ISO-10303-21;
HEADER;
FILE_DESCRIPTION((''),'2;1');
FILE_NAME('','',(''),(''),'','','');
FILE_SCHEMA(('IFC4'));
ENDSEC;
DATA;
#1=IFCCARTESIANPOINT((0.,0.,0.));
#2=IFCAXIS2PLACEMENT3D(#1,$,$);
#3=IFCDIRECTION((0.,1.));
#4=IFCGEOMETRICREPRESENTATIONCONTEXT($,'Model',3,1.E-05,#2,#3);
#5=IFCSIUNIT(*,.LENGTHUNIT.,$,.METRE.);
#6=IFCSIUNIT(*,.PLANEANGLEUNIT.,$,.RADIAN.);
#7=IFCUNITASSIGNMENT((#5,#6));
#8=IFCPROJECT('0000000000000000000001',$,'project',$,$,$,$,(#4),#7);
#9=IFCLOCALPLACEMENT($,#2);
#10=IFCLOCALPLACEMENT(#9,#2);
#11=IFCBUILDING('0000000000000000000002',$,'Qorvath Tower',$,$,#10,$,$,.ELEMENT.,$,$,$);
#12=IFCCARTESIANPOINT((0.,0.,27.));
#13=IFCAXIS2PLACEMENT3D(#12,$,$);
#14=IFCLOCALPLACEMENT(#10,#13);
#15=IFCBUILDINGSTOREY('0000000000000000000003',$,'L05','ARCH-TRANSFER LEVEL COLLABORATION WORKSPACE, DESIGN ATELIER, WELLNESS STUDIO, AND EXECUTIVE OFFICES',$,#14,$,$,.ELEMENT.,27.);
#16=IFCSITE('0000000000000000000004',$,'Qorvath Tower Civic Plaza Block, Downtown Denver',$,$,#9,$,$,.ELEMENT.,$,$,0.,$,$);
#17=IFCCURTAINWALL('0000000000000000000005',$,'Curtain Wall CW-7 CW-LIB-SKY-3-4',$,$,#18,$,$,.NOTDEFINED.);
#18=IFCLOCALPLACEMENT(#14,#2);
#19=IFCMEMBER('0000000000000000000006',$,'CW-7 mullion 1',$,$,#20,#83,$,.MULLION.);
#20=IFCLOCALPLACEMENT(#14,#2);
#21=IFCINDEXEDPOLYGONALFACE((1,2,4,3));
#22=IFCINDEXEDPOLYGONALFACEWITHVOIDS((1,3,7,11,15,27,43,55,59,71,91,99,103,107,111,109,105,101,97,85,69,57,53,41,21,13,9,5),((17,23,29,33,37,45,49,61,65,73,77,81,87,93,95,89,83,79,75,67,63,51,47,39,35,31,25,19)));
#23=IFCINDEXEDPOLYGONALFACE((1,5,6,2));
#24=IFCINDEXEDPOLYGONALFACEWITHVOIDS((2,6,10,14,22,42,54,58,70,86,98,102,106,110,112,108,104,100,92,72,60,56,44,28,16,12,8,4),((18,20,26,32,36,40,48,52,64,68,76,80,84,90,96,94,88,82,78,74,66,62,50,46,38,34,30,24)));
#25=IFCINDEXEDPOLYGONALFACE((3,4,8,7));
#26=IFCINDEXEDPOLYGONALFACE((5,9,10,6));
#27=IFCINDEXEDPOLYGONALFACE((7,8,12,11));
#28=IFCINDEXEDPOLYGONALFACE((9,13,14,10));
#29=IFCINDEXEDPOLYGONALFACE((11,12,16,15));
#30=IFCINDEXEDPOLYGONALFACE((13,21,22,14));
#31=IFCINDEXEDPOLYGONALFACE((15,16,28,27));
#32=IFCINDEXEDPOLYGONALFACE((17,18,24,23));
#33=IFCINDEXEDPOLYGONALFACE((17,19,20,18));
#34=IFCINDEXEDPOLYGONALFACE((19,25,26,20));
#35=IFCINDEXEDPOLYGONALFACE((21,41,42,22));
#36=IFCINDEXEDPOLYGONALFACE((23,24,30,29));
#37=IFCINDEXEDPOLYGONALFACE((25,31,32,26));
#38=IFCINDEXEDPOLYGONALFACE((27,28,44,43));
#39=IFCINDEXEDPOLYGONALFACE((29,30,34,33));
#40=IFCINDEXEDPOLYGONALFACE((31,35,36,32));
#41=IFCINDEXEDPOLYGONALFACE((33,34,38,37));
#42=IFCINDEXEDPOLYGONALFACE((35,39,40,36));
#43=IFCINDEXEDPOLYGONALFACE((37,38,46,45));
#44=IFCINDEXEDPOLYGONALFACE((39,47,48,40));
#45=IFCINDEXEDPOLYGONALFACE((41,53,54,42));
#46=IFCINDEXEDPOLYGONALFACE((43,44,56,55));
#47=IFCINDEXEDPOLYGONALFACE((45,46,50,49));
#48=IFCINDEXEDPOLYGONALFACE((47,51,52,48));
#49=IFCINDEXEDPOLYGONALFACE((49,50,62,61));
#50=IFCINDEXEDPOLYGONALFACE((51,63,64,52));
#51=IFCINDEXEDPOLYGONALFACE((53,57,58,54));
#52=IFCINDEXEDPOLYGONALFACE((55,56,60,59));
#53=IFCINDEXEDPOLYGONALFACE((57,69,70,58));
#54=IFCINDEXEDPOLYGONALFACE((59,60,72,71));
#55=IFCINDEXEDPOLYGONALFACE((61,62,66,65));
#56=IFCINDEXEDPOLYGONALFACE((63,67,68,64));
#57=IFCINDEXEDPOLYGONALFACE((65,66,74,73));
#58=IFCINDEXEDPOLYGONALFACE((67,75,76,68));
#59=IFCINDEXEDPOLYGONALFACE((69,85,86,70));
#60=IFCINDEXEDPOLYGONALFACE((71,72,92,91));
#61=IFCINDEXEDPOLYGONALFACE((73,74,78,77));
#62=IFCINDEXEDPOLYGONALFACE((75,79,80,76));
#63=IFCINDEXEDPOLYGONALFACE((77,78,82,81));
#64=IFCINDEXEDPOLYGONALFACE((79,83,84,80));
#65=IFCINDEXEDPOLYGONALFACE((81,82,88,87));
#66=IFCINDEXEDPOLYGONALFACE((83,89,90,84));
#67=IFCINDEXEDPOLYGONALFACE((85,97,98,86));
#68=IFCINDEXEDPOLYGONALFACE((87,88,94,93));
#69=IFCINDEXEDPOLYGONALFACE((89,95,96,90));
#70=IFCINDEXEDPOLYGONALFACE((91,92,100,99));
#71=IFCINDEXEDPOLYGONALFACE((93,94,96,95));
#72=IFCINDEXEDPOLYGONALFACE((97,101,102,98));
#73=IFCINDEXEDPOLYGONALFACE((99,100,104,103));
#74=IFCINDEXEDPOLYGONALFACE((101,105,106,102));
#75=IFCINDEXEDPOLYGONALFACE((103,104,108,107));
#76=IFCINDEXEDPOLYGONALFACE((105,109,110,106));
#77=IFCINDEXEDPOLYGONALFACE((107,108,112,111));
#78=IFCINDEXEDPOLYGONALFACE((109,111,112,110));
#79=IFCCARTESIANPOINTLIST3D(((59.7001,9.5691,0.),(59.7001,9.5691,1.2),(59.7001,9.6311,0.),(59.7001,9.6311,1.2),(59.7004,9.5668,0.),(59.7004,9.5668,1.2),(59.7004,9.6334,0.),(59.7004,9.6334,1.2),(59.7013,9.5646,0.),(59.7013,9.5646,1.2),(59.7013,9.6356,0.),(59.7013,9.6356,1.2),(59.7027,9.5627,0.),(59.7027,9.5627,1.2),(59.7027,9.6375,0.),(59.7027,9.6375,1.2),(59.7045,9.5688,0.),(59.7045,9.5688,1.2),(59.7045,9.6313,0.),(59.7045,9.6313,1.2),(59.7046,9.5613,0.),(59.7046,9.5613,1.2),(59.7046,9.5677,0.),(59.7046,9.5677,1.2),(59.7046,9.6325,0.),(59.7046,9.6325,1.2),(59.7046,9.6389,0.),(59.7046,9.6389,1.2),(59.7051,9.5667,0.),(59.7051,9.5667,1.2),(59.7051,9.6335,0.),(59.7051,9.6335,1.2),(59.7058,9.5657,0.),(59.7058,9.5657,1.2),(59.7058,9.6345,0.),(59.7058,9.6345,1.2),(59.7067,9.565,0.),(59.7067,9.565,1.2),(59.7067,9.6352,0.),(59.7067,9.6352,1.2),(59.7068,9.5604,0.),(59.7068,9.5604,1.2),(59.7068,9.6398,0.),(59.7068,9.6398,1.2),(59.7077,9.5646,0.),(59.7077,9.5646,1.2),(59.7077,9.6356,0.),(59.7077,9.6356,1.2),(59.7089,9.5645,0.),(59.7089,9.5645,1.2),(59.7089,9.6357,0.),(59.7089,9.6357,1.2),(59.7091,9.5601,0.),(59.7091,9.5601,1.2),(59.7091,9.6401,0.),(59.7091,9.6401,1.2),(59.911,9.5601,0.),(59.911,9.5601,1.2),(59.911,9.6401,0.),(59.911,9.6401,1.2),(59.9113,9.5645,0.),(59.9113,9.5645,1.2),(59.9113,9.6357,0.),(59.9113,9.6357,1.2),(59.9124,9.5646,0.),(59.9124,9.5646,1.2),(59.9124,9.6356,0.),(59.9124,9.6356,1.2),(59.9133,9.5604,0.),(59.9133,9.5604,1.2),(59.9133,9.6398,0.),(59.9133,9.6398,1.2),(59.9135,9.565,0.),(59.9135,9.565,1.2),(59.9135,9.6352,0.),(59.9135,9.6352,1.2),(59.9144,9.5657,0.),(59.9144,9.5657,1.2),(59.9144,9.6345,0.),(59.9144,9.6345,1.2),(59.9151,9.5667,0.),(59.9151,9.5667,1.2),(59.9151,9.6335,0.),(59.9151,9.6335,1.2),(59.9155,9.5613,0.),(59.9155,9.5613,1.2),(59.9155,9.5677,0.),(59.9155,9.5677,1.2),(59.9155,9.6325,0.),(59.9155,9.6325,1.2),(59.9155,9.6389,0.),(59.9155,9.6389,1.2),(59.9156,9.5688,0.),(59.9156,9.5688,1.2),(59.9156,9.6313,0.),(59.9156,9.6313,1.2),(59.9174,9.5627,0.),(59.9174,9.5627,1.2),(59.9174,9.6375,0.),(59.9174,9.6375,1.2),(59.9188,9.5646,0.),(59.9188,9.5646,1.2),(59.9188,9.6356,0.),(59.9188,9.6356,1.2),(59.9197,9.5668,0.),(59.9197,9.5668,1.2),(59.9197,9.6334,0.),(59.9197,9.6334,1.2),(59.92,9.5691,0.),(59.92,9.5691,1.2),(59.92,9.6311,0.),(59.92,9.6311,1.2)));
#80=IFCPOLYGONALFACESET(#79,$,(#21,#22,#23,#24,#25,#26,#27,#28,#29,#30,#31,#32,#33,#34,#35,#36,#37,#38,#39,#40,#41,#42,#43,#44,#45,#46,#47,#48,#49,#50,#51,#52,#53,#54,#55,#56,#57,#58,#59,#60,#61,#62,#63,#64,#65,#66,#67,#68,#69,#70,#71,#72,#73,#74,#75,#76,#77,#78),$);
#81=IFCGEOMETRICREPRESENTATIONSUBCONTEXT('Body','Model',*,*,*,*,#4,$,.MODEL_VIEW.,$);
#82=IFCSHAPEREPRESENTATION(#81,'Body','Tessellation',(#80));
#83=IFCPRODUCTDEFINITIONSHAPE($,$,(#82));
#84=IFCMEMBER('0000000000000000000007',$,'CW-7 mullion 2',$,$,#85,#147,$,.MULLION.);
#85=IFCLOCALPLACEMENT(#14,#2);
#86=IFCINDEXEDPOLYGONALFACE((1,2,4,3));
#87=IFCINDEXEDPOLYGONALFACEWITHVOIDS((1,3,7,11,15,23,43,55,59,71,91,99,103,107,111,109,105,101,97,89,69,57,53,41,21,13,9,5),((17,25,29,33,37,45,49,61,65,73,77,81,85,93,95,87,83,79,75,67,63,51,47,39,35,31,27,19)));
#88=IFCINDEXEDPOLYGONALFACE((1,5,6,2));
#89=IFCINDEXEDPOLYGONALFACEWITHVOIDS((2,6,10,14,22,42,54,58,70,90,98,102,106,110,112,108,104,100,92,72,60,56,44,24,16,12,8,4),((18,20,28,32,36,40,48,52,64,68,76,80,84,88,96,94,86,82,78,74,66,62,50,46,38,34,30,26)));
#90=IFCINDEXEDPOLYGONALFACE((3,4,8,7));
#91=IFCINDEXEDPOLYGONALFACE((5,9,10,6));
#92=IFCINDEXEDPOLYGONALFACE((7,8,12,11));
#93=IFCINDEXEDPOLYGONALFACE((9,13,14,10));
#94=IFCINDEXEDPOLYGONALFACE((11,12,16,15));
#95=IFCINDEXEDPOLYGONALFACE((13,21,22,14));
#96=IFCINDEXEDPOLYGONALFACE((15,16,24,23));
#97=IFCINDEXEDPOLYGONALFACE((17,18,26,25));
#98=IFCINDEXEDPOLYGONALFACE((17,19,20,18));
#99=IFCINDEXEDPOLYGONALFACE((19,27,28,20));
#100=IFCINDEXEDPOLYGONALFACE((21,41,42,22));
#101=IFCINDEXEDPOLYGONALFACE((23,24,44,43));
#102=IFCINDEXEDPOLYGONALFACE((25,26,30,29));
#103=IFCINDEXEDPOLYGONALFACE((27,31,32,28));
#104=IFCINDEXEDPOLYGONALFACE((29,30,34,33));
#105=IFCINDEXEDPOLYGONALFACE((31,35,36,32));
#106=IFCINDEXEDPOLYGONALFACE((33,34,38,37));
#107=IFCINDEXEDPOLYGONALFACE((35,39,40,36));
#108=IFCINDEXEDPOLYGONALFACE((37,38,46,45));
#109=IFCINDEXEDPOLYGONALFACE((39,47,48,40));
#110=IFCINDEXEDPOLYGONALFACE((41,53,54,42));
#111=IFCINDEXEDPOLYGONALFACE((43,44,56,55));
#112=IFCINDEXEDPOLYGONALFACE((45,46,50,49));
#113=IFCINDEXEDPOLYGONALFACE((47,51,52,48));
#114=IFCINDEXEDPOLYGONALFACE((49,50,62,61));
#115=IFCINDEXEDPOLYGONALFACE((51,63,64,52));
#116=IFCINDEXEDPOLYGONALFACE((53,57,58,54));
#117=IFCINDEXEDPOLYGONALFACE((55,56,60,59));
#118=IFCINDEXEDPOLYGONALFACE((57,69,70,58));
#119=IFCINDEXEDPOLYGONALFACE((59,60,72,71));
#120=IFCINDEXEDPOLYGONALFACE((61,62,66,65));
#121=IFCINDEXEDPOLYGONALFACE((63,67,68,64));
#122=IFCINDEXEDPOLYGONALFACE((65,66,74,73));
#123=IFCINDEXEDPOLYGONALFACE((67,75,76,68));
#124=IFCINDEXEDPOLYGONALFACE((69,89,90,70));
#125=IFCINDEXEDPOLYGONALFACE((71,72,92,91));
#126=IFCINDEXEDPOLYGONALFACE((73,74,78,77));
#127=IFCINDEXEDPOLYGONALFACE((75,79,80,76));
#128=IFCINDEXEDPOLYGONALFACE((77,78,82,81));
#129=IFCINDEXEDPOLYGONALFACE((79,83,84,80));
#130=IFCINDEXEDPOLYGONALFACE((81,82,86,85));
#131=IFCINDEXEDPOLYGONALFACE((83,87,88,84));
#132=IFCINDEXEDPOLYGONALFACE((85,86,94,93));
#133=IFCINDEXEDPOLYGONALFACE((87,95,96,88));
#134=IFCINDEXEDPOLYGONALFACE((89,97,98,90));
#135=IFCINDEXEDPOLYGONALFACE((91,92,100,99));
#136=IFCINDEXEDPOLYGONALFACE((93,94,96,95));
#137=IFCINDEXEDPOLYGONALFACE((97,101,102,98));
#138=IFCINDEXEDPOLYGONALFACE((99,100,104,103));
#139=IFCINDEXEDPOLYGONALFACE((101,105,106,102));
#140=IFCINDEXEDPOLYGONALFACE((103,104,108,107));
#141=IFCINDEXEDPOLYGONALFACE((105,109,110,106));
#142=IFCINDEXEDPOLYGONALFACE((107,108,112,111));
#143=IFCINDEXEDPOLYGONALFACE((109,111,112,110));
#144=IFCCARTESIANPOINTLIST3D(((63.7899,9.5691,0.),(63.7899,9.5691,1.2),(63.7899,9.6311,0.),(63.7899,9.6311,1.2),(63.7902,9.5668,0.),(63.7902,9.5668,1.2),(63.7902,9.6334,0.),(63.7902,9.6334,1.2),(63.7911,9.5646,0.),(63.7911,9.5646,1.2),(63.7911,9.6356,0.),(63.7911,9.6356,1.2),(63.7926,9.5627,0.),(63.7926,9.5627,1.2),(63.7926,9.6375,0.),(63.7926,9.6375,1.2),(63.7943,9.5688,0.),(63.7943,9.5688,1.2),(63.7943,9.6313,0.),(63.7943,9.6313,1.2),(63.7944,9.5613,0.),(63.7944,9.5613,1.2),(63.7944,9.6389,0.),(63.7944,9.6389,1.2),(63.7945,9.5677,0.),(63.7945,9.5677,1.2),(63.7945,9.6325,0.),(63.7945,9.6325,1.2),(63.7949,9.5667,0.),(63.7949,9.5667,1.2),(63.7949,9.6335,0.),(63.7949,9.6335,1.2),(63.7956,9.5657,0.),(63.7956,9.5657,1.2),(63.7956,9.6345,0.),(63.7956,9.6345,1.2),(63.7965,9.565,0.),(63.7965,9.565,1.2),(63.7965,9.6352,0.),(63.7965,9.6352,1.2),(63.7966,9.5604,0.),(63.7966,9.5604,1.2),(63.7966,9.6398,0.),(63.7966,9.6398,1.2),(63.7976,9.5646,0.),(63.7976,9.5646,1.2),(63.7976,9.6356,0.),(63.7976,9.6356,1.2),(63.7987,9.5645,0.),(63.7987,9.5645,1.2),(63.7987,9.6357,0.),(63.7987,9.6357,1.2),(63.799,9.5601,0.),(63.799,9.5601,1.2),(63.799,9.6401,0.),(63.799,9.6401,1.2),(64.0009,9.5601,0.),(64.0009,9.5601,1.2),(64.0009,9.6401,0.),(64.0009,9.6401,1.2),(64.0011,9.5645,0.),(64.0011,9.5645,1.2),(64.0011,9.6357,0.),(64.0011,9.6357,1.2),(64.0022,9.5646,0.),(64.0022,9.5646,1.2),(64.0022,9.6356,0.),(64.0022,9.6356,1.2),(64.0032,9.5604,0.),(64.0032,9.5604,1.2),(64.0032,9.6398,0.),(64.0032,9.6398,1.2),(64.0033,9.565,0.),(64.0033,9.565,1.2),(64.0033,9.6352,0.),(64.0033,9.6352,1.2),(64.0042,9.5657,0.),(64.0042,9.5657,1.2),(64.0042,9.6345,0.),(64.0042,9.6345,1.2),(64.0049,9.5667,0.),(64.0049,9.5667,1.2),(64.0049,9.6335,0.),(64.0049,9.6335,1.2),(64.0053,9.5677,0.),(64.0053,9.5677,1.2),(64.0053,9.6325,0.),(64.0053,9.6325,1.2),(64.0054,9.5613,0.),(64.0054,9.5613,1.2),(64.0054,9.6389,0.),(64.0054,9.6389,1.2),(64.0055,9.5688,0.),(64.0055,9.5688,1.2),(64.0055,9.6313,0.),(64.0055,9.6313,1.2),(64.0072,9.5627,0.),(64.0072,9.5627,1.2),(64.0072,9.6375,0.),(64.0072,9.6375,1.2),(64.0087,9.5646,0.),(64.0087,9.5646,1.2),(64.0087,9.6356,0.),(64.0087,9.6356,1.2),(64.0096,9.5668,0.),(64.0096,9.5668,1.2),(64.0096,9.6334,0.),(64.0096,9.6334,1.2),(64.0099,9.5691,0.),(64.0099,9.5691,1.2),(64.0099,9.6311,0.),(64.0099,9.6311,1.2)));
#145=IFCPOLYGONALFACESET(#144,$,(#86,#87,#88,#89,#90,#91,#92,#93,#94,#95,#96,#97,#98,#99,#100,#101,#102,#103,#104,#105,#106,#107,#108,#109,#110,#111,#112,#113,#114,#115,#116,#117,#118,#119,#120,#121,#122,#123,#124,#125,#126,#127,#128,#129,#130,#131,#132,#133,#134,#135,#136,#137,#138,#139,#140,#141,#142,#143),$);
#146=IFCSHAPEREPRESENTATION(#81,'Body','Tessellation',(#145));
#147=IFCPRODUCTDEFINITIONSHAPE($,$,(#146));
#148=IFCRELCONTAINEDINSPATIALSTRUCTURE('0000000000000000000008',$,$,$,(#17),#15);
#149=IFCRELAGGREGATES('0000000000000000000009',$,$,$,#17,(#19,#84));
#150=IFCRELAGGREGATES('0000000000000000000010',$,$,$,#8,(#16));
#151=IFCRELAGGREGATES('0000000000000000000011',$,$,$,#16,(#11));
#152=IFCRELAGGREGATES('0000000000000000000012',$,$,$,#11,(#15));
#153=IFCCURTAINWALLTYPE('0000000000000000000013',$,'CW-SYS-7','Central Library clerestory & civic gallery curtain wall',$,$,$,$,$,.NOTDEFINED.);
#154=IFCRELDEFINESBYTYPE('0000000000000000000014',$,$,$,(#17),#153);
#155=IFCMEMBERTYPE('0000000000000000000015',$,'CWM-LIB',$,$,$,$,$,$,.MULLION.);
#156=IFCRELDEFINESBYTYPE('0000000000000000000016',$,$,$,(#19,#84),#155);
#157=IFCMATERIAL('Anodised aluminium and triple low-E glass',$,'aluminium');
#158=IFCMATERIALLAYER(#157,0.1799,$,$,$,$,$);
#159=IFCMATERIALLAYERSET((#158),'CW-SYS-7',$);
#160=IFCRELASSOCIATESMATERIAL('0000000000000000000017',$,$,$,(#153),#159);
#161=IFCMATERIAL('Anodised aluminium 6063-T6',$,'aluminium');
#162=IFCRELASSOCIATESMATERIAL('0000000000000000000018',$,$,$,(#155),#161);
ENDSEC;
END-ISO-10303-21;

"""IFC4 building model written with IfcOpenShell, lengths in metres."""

from ifc_helpers import new_model, si_unit, direction, frame, origin, origin_2d, place, context, subcontext, project, spatial, hollow_rectangle, extrude, material, layer, layer_set, material_profile, profile_set, type_object, element, aggregate, save


model = new_model("IFC4")

# Units and contexts
model_context = context("Model", 3, precision=1e-05, world=origin(), true_north=direction((0.0, 1.0)))
body_context = subcontext(model_context, "Body", "Model", "MODEL_VIEW")
ifc_project = project(units=[si_unit("LENGTHUNIT", "METRE"), si_unit("PLANEANGLEUNIT", "RADIAN")], contexts=[model_context])

# Site, building, storey
site_placement = place(None, origin())
site = spatial("IfcSite", under=ifc_project, at=site_placement, Name="Qorvath Tower Civic Plaza Block, Downtown Denver", CompositionType="ELEMENT", RefElevation=0.0)
building_placement = place(site_placement, origin())
building = spatial("IfcBuilding", under=site, at=building_placement, Name="Qorvath Tower", CompositionType="ELEMENT")
storey_placement = place(building_placement, frame((0.0, 0.0, 27.0)))
storey = spatial("IfcBuildingStorey", under=building, at=storey_placement, Name="L05", Description="ARCH-TRANSFER LEVEL COLLABORATION WORKSPACE, DESIGN ATELIER, WELLNESS STUDIO, AND EXECUTIVE OFFICES", CompositionType="ELEMENT", Elevation=27.0)

# Shared definitions
ifc_material_1 = material(Name="Anodised aluminium and triple low-E glass", Category="aluminium")
ifc_layer_1 = layer(ifc_material_1, 0.1799)
ifc_layer_set_1 = layer_set([ifc_layer_1], Name="CW-SYS-7")
curtain_wall_type = type_object("IfcCurtainWallType", Name="CW-SYS-7", Description="Central Library clerestory & civic gallery curtain wall", PredefinedType="NOTDEFINED", material=ifc_layer_set_1)
ifc_material_2 = material(Name="Anodised aluminium 6063-T6", Category="aluminium")
ifc_material_profile_1 = material_profile(ifc_material_2, hollow_rectangle(XDim=0.0801, YDim=0.22, WallThickness=0.0044, InnerFilletRadius=0.0044, OuterFilletRadius=0.009, at=origin_2d()), Name="CWM LIB 220x80")
ifc_profile_set_1 = profile_set([ifc_material_profile_1], Name="Anodised aluminium 6063-T6")
member_type_1 = type_object("IfcMemberType", Name="CWM-LIB", PredefinedType="MULLION", material=ifc_profile_set_1)

# Curtain wall, members
curtain_wall_1_placement = place(storey_placement, origin())
curtain_wall_1 = element("IfcCurtainWall", 1, at=curtain_wall_1_placement, inside=storey, type_object=curtain_wall_type, Name="Curtain Wall CW-7 CW-LIB-SKY-3-4", PredefinedType="NOTDEFINED")
member_1_placement = place(storey_placement, frame((59.8101, 9.6001, 0.0), z_axis=(0.0, 0.0, 1.0), x_axis=(0.0, 1.0, 0.0)))
member_1 = element("IfcMember", 2, at=member_1_placement, type_object=member_type_1, Name="CW-7 mullion 1", PredefinedType="MULLION", context=body_context, shape_type="SweptSolid", body=[
    extrude(hollow_rectangle(XDim=0.0801, YDim=0.22, WallThickness=0.0044, InnerFilletRadius=0.0044, OuterFilletRadius=0.009, at=origin_2d()), origin(), (0.0, 0.0, 1.0), 1.2),
])
member_2_placement = place(storey_placement, frame((63.8999, 9.6001, 0.0), z_axis=(0.0, 0.0, 1.0), x_axis=(0.0, 1.0, 0.0)))
member_2 = element("IfcMember", 3, at=member_2_placement, type_object=member_type_1, Name="CW-7 mullion 2", PredefinedType="MULLION", context=body_context, shape_type="SweptSolid", body=[
    extrude(hollow_rectangle(XDim=0.0801, YDim=0.22, WallThickness=0.0044, InnerFilletRadius=0.0044, OuterFilletRadius=0.009, at=origin_2d()), origin(), (0.0, 0.0, 1.0), 1.2),
])

aggregate(curtain_wall_1, [member_1, member_2])

save(model, "model.ifc")
